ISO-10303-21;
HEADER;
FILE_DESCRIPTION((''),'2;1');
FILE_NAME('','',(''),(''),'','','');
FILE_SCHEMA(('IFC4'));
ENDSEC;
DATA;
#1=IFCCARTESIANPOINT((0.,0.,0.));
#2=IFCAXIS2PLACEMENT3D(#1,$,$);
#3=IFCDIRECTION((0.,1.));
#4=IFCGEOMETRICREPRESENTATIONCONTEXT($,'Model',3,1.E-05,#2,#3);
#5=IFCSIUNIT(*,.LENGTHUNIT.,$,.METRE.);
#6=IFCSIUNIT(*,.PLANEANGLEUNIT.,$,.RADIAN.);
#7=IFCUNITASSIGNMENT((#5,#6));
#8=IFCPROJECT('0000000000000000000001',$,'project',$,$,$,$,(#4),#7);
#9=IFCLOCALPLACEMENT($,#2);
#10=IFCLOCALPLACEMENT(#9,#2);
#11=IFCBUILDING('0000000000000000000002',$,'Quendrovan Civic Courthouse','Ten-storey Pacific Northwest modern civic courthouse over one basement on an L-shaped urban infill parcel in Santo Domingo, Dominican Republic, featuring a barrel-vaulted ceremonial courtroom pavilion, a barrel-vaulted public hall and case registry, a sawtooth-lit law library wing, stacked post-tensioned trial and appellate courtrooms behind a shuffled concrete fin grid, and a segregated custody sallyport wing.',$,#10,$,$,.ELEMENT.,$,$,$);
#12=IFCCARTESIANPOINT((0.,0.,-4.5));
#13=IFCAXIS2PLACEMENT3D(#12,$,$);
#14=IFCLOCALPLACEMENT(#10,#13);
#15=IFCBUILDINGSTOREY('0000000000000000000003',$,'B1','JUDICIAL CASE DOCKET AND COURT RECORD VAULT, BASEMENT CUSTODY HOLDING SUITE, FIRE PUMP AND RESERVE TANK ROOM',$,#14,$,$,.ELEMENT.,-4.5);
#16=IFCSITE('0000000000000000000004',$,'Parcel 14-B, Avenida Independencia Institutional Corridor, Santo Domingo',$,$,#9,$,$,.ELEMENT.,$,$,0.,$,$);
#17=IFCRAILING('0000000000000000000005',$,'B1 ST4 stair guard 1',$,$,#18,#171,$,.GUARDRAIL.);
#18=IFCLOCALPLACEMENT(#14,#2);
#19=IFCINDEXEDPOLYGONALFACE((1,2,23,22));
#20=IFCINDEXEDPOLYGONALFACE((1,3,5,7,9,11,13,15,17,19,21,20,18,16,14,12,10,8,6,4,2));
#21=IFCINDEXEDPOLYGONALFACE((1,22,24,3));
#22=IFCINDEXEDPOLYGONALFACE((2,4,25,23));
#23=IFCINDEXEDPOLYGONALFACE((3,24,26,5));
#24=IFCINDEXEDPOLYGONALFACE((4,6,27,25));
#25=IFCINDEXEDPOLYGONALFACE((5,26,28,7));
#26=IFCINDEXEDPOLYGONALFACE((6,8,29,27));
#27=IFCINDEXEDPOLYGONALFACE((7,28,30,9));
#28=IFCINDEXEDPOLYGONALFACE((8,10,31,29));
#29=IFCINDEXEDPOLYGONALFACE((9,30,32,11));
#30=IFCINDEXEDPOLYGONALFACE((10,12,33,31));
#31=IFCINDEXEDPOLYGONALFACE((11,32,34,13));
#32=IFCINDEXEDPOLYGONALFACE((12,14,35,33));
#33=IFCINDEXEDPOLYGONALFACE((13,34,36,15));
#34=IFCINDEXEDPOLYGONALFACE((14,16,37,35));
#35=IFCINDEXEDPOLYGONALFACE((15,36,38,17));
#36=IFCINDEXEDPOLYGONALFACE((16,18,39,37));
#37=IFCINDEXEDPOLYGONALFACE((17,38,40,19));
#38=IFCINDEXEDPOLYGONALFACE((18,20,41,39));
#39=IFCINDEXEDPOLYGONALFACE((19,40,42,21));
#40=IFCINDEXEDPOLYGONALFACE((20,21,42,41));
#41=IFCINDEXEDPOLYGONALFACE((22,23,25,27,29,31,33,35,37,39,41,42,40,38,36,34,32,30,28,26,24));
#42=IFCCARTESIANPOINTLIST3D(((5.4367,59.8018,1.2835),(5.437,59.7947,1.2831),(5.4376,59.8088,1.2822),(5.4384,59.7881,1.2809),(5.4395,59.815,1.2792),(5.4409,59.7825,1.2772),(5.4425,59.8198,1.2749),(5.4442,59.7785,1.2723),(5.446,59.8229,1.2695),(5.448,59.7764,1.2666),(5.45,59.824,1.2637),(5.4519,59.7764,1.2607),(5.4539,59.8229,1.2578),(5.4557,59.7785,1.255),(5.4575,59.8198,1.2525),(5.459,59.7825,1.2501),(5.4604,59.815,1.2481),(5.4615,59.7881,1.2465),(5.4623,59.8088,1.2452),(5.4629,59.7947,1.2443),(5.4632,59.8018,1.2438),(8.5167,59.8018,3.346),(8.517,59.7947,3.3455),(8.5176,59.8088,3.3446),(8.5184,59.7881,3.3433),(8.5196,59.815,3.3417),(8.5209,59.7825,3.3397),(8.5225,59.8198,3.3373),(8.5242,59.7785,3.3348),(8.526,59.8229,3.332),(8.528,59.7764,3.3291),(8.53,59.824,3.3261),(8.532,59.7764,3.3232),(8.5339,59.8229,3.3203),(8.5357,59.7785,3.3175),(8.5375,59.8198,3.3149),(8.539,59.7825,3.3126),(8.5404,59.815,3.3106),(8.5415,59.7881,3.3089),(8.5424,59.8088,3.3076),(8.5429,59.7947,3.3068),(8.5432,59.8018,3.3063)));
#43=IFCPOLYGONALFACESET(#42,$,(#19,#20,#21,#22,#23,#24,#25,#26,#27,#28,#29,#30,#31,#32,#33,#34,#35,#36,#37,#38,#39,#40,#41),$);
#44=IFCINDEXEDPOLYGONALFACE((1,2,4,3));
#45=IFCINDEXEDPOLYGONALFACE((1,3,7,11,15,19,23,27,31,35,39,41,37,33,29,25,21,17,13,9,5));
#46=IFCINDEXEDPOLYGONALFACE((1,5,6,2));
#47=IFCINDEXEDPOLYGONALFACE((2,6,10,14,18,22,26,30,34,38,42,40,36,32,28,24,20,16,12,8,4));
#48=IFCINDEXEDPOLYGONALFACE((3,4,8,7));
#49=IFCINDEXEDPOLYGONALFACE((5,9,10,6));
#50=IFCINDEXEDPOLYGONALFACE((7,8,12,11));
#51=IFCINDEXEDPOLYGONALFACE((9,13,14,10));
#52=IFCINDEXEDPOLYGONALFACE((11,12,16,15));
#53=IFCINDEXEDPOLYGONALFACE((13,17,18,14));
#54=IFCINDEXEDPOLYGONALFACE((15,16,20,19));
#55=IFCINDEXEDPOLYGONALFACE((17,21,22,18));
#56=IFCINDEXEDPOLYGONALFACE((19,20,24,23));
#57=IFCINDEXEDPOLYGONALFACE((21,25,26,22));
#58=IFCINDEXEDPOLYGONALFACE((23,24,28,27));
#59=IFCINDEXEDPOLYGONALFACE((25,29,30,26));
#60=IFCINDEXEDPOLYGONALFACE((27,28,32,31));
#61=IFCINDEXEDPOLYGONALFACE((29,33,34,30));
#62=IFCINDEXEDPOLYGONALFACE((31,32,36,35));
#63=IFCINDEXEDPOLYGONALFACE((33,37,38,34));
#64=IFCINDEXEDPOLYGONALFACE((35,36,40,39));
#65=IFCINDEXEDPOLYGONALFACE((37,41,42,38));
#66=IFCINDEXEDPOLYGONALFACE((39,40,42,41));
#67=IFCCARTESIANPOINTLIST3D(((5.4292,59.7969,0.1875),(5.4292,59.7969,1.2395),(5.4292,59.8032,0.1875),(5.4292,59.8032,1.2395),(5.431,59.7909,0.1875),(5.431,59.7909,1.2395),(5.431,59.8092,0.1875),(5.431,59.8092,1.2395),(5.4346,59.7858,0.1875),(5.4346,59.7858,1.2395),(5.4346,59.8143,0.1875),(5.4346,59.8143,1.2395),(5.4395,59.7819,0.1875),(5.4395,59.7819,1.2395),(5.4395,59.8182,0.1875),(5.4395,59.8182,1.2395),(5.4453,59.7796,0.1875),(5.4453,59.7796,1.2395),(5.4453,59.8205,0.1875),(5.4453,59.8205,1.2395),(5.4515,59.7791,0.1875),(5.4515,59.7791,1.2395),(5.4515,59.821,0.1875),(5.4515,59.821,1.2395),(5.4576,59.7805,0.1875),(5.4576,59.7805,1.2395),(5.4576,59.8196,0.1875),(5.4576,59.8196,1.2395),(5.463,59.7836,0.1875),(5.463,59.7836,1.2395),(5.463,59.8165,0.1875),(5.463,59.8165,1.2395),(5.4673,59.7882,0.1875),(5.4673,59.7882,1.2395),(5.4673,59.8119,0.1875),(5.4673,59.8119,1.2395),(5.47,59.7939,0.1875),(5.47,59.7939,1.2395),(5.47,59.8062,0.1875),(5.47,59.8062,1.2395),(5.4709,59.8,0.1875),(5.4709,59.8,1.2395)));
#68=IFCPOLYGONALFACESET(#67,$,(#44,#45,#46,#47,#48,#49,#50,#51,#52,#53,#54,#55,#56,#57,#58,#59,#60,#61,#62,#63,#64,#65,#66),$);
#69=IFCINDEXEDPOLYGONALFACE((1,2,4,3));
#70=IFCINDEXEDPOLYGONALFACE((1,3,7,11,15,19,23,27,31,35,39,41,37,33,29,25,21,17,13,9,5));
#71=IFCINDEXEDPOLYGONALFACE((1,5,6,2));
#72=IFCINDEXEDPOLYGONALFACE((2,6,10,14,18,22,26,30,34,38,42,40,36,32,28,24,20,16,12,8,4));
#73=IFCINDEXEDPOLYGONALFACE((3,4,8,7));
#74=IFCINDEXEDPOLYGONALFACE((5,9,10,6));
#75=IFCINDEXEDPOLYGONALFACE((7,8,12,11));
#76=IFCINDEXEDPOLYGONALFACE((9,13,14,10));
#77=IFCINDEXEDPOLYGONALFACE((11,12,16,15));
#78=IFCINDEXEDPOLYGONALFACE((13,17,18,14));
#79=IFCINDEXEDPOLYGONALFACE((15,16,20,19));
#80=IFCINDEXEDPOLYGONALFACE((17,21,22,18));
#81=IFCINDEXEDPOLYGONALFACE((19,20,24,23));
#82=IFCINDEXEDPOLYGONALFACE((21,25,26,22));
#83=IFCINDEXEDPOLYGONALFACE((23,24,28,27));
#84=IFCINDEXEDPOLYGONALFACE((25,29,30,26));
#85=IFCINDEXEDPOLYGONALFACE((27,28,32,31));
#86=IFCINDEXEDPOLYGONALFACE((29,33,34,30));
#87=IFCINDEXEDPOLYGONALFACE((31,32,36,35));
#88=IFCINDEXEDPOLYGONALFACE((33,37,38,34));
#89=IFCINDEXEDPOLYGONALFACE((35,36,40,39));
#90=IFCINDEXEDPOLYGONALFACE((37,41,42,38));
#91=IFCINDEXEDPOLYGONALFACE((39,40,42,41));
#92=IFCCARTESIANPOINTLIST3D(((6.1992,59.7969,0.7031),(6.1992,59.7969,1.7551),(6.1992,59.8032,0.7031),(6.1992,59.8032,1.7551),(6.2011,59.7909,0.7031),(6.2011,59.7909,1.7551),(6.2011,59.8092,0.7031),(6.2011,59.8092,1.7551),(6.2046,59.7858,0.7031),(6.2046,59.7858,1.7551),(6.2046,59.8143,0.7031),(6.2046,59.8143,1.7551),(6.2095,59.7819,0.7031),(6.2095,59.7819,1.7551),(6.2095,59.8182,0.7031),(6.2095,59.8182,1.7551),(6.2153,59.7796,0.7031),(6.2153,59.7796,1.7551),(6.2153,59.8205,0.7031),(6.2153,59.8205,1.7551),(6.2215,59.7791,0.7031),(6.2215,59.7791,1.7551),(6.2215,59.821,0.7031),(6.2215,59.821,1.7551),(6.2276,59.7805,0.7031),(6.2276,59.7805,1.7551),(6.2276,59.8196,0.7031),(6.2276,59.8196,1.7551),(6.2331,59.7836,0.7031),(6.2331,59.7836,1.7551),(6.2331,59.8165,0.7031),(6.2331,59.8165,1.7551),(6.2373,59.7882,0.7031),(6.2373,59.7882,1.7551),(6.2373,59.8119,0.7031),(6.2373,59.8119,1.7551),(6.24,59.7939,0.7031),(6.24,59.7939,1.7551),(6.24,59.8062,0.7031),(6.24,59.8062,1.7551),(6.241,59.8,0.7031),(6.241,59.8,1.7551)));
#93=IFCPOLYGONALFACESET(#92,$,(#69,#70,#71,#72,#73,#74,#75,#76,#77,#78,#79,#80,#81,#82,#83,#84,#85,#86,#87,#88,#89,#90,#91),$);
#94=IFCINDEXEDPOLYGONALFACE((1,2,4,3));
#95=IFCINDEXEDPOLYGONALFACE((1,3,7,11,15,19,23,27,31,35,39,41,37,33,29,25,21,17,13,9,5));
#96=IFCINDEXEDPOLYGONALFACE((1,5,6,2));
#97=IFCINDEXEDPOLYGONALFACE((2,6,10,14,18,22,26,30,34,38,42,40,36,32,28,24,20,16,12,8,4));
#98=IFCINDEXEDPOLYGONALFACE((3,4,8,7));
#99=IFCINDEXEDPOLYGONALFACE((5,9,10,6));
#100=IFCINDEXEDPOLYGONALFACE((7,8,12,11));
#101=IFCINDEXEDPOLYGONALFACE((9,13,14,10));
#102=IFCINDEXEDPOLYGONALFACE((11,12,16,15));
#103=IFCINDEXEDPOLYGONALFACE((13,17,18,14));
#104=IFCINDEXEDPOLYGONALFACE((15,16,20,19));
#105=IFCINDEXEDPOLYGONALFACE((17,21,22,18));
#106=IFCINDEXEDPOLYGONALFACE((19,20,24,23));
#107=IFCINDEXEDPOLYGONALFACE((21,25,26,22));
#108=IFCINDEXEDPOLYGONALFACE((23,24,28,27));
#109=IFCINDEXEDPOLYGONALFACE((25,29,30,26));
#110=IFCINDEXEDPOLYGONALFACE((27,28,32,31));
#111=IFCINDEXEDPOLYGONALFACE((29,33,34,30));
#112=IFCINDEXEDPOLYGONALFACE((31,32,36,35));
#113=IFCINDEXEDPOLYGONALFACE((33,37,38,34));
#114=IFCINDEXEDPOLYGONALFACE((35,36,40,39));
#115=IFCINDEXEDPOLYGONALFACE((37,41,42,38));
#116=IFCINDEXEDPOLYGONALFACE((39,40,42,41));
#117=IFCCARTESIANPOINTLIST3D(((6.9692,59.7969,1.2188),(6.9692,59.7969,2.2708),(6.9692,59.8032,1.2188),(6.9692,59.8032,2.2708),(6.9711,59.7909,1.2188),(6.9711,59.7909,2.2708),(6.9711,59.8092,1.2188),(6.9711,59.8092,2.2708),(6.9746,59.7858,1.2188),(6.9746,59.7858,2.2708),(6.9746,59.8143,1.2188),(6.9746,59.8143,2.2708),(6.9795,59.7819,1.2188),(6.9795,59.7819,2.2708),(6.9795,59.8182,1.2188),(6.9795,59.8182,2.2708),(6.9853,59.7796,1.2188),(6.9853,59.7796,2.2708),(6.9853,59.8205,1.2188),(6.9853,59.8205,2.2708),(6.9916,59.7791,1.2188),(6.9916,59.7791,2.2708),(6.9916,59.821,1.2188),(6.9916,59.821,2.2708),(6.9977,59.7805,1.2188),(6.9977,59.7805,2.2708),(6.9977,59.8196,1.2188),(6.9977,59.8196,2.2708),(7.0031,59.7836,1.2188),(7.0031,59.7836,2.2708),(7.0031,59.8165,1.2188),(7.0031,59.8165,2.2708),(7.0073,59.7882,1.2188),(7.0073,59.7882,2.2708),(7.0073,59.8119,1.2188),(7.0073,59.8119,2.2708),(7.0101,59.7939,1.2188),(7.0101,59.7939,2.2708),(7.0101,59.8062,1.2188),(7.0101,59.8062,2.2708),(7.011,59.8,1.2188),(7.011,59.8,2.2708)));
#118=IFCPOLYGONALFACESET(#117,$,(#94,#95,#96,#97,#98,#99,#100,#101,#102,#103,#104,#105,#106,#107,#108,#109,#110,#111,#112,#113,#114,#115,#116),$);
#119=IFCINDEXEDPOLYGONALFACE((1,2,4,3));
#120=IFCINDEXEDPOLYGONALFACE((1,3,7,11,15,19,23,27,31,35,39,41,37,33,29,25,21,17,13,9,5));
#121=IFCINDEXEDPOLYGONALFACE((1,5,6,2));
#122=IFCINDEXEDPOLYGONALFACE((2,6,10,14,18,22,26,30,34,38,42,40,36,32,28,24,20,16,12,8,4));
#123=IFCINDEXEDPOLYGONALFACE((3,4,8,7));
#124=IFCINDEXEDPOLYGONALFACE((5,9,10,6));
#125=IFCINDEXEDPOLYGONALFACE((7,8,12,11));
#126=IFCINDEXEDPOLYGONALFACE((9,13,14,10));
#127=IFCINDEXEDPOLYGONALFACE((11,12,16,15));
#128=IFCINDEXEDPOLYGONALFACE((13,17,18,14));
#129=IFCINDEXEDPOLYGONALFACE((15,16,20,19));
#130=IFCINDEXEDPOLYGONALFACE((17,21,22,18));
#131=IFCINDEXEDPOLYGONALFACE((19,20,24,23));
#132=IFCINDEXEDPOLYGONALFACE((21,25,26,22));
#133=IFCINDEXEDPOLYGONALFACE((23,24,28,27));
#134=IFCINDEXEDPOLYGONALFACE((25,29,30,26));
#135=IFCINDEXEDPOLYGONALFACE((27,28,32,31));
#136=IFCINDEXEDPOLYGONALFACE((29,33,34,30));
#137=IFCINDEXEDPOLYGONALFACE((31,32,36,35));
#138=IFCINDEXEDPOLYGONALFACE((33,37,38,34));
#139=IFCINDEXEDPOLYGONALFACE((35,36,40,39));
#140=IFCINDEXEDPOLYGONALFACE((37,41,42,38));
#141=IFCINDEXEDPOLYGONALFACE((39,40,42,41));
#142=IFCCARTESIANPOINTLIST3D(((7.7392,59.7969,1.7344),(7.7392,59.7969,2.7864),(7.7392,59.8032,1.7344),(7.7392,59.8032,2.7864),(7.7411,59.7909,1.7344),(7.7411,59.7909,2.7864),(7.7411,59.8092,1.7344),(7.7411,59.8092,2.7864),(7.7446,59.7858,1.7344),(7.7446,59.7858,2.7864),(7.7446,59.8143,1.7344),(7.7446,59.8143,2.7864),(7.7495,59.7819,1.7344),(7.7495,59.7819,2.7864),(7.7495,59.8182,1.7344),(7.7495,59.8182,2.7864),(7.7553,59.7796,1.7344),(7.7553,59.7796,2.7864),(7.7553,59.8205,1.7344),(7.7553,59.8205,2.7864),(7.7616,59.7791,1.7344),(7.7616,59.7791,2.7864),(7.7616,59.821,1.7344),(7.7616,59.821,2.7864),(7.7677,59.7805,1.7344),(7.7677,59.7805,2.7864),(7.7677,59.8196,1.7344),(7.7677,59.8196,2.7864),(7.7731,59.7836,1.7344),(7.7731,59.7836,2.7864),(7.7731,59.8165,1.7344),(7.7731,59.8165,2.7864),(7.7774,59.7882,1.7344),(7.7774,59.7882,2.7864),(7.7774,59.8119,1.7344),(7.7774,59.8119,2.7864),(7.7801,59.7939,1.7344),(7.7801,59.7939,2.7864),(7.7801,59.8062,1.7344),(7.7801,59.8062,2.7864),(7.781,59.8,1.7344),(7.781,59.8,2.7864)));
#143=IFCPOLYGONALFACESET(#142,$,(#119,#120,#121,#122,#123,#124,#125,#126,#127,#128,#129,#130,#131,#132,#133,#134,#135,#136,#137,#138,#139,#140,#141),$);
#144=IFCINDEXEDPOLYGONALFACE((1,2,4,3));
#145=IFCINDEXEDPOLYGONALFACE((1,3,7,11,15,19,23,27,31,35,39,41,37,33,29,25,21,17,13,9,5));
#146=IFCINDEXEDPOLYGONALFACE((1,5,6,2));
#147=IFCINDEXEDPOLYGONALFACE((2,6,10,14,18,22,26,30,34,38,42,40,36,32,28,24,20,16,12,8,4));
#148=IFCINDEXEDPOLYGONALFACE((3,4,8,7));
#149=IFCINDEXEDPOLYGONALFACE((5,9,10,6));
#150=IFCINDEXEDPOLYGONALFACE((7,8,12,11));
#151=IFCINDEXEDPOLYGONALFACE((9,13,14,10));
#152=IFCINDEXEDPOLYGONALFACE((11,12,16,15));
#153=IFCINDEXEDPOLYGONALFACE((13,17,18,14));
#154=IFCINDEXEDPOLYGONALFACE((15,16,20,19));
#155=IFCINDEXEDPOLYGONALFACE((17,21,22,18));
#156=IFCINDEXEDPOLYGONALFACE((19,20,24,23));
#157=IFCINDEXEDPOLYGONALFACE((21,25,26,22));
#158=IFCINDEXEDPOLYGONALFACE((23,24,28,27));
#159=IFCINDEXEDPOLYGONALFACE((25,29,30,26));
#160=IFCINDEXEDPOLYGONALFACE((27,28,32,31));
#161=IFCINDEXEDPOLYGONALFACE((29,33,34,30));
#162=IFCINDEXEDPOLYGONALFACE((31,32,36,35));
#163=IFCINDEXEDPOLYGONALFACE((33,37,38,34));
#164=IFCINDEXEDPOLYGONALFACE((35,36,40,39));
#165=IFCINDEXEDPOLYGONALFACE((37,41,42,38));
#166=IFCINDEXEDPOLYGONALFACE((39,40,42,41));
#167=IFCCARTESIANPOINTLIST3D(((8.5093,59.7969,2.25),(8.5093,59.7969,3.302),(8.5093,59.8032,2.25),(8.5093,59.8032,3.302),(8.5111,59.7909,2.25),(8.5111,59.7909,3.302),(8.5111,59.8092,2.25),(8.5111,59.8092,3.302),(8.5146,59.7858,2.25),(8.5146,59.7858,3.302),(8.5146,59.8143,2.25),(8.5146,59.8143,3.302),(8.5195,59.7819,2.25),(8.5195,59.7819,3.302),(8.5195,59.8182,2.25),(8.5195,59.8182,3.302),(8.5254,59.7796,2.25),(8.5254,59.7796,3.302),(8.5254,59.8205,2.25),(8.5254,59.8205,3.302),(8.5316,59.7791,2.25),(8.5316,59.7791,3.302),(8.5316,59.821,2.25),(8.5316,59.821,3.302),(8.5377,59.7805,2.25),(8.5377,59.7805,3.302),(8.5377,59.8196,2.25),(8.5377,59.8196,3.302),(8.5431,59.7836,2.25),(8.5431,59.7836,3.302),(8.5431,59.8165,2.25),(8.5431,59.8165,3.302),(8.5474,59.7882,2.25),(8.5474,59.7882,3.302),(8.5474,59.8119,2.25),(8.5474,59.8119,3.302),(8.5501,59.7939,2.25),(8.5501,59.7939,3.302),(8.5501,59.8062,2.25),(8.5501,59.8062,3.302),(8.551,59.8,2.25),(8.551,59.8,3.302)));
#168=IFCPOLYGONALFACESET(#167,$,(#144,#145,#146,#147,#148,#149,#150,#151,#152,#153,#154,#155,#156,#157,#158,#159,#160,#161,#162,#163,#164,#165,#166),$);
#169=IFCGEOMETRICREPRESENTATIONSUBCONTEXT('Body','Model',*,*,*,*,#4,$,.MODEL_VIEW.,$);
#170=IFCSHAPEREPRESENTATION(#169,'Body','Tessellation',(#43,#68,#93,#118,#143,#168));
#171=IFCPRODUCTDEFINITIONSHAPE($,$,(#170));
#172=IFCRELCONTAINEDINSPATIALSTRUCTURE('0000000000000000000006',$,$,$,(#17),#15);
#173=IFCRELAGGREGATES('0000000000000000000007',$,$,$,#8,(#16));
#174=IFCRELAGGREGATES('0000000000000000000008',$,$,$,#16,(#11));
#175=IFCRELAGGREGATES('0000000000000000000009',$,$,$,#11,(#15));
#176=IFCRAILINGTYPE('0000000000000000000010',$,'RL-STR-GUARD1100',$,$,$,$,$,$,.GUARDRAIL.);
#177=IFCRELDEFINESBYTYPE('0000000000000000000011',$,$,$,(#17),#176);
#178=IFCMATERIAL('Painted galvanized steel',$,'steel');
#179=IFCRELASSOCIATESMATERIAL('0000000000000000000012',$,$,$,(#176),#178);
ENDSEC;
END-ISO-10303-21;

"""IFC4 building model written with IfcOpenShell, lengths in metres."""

from ifc_helpers import new_model, si_unit, direction, frame, origin, origin_2d, place, context, subcontext, project, spatial, circle, extrude, material, type_object, element, save


model = new_model("IFC4")

# Units and contexts
model_context = context("Model", 3, precision=1e-05, world=origin(), true_north=direction((0.0, 1.0)))
body_context = subcontext(model_context, "Body", "Model", "MODEL_VIEW")
ifc_project = project(units=[si_unit("LENGTHUNIT", "METRE"), si_unit("PLANEANGLEUNIT", "RADIAN")], contexts=[model_context])

# Site, building, storey
site_placement = place(None, origin())
site = spatial("IfcSite", under=ifc_project, at=site_placement, Name="Parcel 14-B, Avenida Independencia Institutional Corridor, Santo Domingo", CompositionType="ELEMENT", RefElevation=0.0)
building_placement = place(site_placement, origin())
building = spatial("IfcBuilding", under=site, at=building_placement, Name="Quendrovan Civic Courthouse", Description="Ten-storey Pacific Northwest modern civic courthouse over one basement on an L-shaped urban infill parcel in Santo Domingo, Dominican Republic, featuring a barrel-vaulted ceremonial courtroom pavilion, a barrel-vaulted public hall and case registry, a sawtooth-lit law library wing, stacked post-tensioned trial and appellate courtrooms behind a shuffled concrete fin grid, and a segregated custody sallyport wing.", CompositionType="ELEMENT")
storey_placement = place(building_placement, frame((0.0, 0.0, -4.5)))
storey = spatial("IfcBuildingStorey", under=building, at=storey_placement, Name="B1", Description="JUDICIAL CASE DOCKET AND COURT RECORD VAULT, BASEMENT CUSTODY HOLDING SUITE, FIRE PUMP AND RESERVE TANK ROOM", CompositionType="ELEMENT", Elevation=-4.5)

# Railing
ifc_material_1 = material(Name="Painted galvanized steel", Category="steel")
railing_type_1 = type_object("IfcRailingType", Name="RL-STR-GUARD1100", PredefinedType="GUARDRAIL", material=ifc_material_1)
railing_1_placement = place(storey_placement, frame((5.45, 59.8, 0.1875)))
element("IfcRailing", 1, at=railing_1_placement, inside=storey, type_object=railing_type_1, Name="B1 ST4 stair guard 1", PredefinedType="GUARDRAIL", context=body_context, shape_type="SweptSolid", body=[
    extrude(circle(Radius=0.0239, at=origin_2d()), frame((0.0, 0.0, 1.0762), z_axis=(0.830914, 0.0, 0.556401), x_axis=(0.0, 1.0, 0.0)), (0.0, 0.0, 1.0), 3.7068),
    extrude(circle(Radius=0.021, at=origin_2d()), origin(), (0.0, 0.0, 1.0), 1.052),
    extrude(circle(Radius=0.021, at=origin_2d()), frame((0.77, 0.0, 0.5156)), (0.0, 0.0, 1.0), 1.052),
    extrude(circle(Radius=0.021, at=origin_2d()), frame((1.54, 0.0, 1.0312)), (0.0, 0.0, 1.0), 1.052),
    extrude(circle(Radius=0.021, at=origin_2d()), frame((2.3101, 0.0, 1.5469)), (0.0, 0.0, 1.0), 1.052),
    extrude(circle(Radius=0.021, at=origin_2d()), frame((3.0801, 0.0, 2.0625)), (0.0, 0.0, 1.0), 1.052),
])

save(model, "model.ifc")
